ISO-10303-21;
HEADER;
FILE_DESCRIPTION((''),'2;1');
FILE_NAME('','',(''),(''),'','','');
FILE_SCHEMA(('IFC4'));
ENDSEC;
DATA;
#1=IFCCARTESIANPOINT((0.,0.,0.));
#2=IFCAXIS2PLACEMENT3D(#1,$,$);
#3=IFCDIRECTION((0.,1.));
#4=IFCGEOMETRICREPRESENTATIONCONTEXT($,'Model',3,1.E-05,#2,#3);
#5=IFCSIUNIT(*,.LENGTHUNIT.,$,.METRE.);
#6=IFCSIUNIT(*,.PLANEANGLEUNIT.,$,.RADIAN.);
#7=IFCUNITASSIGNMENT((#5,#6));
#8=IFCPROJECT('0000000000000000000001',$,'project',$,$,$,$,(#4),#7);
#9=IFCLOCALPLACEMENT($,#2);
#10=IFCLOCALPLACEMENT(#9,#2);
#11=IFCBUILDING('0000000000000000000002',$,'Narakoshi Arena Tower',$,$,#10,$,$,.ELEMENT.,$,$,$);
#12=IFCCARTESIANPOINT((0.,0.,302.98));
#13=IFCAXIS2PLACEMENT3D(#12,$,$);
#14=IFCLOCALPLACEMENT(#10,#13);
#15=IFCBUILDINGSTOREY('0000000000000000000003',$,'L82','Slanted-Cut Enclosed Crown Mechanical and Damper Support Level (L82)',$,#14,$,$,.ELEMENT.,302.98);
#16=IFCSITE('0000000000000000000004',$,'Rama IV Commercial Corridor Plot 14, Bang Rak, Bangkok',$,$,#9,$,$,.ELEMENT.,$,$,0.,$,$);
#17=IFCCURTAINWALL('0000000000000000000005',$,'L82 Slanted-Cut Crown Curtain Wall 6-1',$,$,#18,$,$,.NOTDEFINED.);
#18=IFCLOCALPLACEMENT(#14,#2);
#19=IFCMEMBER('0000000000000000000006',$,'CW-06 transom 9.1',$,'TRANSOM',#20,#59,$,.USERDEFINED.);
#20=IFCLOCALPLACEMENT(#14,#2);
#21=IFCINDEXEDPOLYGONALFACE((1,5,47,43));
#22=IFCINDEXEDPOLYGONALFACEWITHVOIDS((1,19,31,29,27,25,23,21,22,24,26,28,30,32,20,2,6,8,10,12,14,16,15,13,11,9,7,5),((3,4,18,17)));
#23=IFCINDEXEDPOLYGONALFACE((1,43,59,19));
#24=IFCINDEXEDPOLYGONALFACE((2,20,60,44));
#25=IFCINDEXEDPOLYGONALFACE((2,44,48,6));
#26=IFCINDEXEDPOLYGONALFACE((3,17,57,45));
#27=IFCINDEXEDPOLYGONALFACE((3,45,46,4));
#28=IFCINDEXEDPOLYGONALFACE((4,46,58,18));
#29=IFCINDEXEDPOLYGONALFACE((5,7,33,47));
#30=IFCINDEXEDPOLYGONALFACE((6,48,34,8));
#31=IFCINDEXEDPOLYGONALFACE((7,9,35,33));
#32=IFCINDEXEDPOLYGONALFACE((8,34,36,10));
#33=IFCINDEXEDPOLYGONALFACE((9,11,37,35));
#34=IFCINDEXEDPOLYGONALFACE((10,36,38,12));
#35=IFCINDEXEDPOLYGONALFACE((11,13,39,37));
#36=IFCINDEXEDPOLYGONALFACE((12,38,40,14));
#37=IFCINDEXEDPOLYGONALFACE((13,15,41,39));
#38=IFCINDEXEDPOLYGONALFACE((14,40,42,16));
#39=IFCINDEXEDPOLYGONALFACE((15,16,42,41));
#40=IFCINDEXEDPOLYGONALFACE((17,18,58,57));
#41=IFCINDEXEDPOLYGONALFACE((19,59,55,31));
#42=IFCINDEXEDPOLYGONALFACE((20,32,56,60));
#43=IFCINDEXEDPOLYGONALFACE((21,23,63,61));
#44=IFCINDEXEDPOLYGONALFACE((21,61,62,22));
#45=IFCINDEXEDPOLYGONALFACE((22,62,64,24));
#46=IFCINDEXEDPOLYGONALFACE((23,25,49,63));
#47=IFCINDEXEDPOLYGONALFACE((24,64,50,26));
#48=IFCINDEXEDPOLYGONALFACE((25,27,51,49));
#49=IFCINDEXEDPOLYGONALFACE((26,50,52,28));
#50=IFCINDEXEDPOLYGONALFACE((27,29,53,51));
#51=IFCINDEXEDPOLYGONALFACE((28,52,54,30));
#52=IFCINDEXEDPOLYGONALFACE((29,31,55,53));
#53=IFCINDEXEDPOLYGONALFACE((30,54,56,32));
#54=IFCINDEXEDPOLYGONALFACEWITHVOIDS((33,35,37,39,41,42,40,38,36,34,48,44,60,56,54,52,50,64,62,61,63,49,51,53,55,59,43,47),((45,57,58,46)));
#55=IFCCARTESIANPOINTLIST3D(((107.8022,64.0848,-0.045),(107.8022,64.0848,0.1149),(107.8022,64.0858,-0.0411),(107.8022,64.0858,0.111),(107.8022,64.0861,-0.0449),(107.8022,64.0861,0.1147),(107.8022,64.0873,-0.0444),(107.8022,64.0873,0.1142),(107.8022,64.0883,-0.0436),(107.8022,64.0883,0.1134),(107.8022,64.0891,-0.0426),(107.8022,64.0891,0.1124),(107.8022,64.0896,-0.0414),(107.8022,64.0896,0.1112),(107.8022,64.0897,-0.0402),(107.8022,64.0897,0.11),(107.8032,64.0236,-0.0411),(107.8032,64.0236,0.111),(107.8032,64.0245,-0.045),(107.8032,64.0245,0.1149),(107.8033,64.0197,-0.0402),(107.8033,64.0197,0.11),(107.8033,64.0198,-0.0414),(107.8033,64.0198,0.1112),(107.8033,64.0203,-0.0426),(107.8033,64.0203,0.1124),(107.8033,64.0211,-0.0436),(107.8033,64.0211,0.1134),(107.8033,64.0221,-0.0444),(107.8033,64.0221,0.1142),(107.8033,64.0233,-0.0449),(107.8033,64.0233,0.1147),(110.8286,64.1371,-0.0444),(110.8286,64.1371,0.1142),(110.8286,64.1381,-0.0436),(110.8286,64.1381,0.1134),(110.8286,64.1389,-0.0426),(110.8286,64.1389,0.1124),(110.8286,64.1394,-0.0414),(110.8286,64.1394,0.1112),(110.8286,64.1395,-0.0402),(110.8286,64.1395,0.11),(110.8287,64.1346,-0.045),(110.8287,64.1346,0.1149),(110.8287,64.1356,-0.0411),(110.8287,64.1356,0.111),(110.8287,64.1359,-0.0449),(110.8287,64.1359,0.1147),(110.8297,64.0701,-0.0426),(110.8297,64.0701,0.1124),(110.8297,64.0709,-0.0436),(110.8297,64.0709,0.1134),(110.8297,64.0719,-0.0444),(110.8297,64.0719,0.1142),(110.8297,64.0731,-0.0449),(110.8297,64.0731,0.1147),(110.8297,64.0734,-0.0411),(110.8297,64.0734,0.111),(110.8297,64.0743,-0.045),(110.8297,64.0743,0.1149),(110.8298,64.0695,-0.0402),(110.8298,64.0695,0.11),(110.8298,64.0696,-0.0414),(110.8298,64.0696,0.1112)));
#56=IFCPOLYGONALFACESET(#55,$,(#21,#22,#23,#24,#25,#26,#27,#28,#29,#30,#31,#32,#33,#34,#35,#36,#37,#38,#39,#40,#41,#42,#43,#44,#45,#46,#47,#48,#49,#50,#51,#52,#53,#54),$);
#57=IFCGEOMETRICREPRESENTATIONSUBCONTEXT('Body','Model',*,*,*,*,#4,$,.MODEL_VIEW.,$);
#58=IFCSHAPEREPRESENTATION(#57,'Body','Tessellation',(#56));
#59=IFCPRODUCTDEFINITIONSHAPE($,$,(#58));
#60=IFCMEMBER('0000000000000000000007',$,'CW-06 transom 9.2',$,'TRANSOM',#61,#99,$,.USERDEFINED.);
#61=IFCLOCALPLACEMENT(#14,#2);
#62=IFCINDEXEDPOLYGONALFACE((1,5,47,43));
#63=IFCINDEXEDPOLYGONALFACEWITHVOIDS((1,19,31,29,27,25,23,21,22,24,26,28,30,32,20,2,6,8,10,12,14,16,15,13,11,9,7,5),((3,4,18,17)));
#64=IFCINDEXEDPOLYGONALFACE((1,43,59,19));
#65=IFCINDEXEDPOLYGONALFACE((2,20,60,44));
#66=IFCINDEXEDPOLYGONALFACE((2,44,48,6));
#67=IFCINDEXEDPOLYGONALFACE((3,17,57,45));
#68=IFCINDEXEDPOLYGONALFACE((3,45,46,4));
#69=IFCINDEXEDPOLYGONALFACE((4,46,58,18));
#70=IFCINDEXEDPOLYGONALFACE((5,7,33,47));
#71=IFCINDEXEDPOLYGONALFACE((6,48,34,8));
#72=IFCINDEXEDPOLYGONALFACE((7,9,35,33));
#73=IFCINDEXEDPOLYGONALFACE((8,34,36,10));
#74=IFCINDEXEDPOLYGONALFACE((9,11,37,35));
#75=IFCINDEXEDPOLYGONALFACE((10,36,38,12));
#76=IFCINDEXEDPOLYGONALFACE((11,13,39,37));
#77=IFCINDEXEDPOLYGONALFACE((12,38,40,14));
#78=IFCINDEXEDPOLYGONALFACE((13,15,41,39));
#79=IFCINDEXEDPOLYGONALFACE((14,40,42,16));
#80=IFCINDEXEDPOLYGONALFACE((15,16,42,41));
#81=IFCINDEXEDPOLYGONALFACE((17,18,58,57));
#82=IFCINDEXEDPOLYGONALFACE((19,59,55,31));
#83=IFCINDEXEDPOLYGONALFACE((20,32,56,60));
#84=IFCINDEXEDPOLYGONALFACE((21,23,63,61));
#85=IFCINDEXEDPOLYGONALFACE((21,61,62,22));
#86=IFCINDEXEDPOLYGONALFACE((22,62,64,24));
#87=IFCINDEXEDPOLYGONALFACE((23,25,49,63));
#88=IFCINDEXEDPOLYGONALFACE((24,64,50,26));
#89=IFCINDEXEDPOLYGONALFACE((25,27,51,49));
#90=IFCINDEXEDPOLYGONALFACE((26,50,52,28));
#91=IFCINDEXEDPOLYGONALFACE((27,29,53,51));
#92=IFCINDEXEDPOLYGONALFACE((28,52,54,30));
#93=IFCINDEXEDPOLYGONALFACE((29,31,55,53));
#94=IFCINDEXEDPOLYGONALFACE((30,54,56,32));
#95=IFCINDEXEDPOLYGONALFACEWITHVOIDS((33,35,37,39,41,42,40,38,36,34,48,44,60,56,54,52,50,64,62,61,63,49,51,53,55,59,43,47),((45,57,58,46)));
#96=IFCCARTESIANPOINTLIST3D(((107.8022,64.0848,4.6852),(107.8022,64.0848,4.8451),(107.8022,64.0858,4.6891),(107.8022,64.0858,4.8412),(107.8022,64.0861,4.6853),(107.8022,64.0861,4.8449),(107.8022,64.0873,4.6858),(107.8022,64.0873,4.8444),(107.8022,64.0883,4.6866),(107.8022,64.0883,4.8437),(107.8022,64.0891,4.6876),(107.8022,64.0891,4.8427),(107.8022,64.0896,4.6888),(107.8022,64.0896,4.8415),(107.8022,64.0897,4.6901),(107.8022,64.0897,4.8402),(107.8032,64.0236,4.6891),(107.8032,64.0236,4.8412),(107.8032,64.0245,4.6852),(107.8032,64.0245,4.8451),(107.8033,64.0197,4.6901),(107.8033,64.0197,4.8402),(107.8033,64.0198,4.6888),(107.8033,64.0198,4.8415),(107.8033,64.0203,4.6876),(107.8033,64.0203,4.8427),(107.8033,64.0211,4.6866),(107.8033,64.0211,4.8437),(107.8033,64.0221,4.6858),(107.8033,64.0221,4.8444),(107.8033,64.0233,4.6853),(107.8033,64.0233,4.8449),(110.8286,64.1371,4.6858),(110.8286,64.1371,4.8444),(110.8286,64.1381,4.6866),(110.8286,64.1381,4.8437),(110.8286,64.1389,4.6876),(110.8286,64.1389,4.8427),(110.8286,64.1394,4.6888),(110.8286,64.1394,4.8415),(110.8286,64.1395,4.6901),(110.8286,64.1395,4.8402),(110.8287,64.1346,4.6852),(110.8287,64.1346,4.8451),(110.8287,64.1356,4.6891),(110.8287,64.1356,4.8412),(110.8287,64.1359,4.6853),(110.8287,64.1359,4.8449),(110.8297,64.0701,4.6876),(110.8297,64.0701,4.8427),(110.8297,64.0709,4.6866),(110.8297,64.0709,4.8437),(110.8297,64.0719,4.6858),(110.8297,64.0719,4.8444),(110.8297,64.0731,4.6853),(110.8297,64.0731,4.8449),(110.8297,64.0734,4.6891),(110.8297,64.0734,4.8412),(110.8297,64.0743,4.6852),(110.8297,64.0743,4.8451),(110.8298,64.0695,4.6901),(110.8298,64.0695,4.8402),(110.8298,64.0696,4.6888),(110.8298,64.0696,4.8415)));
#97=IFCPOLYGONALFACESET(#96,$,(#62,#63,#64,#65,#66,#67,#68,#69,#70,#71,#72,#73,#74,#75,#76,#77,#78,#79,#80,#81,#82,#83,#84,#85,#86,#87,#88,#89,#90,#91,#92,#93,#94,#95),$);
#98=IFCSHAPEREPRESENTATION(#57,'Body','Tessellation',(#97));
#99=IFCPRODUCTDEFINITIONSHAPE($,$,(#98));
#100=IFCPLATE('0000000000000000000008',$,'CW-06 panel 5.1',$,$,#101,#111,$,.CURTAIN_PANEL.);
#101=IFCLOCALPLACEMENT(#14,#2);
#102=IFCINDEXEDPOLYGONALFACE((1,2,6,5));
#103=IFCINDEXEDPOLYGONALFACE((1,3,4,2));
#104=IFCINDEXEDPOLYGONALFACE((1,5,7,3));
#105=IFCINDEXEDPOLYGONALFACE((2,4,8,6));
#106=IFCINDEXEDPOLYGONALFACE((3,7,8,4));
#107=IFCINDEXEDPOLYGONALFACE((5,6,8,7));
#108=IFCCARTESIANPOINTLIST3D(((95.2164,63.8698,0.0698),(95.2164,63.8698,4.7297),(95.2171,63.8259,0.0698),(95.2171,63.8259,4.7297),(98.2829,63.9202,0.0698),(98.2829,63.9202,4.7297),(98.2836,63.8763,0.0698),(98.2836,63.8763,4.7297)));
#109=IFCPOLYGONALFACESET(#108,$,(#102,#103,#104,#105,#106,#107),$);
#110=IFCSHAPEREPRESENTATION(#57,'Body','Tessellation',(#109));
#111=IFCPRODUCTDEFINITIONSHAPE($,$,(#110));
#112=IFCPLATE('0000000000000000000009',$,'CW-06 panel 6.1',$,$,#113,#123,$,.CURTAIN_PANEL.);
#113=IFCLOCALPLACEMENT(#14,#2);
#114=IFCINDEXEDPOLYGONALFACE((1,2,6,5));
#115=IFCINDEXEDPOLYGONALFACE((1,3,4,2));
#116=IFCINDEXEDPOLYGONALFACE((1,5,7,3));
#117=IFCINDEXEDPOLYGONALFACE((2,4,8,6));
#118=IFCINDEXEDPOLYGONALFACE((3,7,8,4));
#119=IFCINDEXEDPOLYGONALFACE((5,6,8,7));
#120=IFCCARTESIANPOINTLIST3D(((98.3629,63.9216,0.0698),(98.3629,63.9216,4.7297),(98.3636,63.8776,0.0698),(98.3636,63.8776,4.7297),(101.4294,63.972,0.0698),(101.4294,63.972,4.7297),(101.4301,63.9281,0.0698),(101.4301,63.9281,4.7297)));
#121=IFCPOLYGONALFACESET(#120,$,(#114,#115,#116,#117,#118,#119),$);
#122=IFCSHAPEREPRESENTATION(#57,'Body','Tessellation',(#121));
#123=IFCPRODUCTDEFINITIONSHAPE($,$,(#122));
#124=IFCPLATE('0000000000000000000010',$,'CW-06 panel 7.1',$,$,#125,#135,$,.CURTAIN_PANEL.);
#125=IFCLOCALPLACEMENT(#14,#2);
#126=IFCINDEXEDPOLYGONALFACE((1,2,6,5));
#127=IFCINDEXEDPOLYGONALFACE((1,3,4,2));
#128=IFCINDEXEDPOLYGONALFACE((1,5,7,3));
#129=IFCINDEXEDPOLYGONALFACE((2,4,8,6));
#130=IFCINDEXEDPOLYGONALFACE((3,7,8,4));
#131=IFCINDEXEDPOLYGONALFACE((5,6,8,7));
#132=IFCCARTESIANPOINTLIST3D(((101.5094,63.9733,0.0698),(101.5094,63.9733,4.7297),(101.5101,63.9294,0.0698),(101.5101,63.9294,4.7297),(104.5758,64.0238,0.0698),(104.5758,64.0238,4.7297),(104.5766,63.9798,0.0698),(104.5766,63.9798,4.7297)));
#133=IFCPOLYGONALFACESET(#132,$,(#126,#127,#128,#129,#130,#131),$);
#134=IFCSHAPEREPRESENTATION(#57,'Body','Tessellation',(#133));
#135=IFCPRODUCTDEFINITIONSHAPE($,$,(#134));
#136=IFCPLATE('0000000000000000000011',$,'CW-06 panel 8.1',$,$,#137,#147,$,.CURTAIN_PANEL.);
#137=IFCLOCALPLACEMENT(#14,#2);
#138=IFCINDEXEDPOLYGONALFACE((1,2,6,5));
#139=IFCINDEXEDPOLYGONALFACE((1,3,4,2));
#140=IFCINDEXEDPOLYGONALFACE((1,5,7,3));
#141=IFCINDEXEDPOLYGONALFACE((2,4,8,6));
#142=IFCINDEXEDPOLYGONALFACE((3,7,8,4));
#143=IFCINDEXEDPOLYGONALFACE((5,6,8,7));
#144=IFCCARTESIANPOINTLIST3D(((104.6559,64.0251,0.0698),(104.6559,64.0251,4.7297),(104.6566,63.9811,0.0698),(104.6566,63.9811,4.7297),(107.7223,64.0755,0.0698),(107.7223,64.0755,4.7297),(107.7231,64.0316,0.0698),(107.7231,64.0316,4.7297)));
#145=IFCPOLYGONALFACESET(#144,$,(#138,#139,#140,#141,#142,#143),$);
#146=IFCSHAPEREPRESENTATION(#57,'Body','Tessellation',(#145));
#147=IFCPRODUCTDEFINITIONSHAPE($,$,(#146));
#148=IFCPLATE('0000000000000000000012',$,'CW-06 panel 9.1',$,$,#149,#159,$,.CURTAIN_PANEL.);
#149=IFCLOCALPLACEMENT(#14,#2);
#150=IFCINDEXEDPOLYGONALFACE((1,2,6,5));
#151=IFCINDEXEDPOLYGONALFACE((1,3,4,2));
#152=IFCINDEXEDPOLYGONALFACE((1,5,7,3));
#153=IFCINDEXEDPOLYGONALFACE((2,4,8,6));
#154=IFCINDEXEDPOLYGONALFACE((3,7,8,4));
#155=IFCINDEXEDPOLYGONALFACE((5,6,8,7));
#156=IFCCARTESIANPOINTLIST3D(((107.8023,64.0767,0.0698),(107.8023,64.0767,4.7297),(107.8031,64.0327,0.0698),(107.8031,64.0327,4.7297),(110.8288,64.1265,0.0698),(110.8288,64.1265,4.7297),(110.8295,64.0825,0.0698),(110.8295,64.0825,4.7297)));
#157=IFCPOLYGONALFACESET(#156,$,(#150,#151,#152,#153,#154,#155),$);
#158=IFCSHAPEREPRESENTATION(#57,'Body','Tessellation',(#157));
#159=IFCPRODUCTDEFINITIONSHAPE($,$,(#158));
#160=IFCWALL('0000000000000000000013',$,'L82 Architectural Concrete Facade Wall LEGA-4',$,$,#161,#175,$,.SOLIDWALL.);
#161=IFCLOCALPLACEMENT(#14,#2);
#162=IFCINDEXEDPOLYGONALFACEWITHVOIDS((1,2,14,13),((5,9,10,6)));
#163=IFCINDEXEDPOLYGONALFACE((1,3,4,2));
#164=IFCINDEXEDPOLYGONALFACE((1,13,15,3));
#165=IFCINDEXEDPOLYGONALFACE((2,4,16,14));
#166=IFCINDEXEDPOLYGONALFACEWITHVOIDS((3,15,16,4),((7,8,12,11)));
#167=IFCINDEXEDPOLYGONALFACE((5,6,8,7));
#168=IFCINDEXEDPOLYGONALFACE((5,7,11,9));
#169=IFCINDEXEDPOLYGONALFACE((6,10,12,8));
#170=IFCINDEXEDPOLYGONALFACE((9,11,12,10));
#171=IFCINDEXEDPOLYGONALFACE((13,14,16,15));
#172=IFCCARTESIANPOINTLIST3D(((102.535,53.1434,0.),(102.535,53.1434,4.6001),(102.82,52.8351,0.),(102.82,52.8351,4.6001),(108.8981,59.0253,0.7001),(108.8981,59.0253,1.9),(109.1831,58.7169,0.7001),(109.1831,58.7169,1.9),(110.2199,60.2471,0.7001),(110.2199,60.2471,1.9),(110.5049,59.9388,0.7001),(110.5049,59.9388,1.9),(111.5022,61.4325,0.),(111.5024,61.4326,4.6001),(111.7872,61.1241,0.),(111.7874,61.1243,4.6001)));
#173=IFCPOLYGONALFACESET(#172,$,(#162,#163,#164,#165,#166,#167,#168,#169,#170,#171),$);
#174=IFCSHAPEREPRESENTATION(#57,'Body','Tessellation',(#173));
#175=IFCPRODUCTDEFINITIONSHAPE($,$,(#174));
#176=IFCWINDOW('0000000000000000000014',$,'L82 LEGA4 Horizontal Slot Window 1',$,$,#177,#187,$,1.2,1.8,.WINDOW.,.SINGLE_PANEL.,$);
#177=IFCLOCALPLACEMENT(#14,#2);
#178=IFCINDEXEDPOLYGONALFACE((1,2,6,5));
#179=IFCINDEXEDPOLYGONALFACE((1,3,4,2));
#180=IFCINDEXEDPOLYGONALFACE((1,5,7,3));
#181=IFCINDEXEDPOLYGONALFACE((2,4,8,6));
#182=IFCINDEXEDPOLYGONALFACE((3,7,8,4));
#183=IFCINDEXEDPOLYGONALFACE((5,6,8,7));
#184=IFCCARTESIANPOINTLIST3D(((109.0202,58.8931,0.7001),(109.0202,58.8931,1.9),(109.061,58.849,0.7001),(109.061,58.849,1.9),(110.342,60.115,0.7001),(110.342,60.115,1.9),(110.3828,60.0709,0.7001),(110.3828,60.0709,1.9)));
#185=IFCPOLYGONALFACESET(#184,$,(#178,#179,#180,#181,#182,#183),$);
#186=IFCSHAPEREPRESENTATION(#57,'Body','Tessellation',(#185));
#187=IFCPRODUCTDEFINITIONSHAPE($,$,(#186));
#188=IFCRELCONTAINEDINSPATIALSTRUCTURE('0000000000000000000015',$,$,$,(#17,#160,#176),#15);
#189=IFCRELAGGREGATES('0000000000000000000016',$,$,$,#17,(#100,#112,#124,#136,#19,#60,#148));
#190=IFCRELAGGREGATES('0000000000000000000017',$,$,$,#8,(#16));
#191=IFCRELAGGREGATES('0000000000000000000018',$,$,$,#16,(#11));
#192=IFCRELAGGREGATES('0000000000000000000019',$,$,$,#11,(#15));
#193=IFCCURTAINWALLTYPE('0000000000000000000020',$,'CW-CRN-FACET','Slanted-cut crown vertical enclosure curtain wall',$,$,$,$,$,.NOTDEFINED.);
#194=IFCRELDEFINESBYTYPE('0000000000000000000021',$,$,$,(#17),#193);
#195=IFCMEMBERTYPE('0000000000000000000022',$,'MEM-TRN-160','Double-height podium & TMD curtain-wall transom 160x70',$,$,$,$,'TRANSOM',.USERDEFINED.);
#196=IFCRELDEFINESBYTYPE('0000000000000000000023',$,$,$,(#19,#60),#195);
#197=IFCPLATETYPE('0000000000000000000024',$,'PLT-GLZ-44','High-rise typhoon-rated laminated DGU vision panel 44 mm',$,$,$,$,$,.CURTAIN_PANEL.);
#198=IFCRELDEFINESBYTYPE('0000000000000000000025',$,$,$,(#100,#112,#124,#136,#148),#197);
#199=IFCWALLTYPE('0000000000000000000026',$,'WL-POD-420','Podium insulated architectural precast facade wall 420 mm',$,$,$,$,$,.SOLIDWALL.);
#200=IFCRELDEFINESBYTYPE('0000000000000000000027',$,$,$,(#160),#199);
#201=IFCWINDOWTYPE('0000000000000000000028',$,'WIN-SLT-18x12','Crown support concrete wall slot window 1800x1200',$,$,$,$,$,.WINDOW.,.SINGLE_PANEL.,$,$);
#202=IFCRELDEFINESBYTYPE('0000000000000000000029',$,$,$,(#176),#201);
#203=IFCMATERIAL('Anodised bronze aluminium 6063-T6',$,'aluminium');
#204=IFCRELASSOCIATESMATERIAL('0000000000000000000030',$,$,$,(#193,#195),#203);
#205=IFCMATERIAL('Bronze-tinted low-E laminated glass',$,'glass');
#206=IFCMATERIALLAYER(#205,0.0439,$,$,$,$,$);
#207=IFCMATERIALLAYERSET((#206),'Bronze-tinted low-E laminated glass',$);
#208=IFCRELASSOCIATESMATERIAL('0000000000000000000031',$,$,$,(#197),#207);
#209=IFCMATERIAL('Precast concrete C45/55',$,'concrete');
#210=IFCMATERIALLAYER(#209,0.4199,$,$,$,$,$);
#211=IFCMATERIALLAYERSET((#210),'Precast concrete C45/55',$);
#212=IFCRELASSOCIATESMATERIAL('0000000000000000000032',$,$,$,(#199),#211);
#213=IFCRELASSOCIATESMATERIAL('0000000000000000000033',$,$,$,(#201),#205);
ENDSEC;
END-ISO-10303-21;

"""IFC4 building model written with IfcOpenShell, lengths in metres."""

from ifc_helpers import new_model, si_unit, direction, frame, frame_2d, origin, origin_2d, place, context, subcontext, project, spatial, polyline, rectangle, hollow_rectangle, outline, extrude, material, layer, layer_set, material_profile, profile_set, type_object, element, fill, aggregate, save


model = new_model("IFC4")

# Units and contexts
model_context = context("Model", 3, precision=1e-05, world=origin(), true_north=direction((0.0, 1.0)))
body_context = subcontext(model_context, "Body", "Model", "MODEL_VIEW")
ifc_project = project(units=[si_unit("LENGTHUNIT", "METRE"), si_unit("PLANEANGLEUNIT", "RADIAN")], contexts=[model_context])

# Site, building, storey
site_placement = place(None, origin())
site = spatial("IfcSite", under=ifc_project, at=site_placement, Name="Rama IV Commercial Corridor Plot 14, Bang Rak, Bangkok", CompositionType="ELEMENT", RefElevation=0.0)
building_placement = place(site_placement, origin())
building = spatial("IfcBuilding", under=site, at=building_placement, Name="Narakoshi Arena Tower", CompositionType="ELEMENT")
storey_placement = place(building_placement, frame((0.0, 0.0, 302.98)))
storey = spatial("IfcBuildingStorey", under=building, at=storey_placement, Name="L82", Description="Slanted-Cut Enclosed Crown Mechanical and Damper Support Level (L82)", CompositionType="ELEMENT", Elevation=302.98)

# Curtain wall, members, plates
ifc_material_1 = material(Name="Anodised bronze aluminium 6063-T6", Category="aluminium")
curtain_wall_type = type_object("IfcCurtainWallType", Name="CW-CRN-FACET", Description="Slanted-cut crown vertical enclosure curtain wall", PredefinedType="NOTDEFINED", material=ifc_material_1)
curtain_wall_placement = place(storey_placement, origin())
curtain_wall = element("IfcCurtainWall", 1, at=curtain_wall_placement, inside=storey, type_object=curtain_wall_type, Name="L82 Slanted-Cut Crown Curtain Wall 6-1", PredefinedType="NOTDEFINED")
ifc_material_profile_1 = material_profile(ifc_material_1, hollow_rectangle(XDim=0.0701, YDim=0.1599, WallThickness=0.0039, OuterFilletRadius=0.0049, at=origin_2d()), Name="TRN160x70x4")
ifc_profile_set_1 = profile_set([ifc_material_profile_1], Name="Anodised bronze aluminium 6063-T6")
member_type_1 = type_object("IfcMemberType", Name="MEM-TRN-160", Description="Double-height podium & TMD curtain-wall transom 160x70", ElementType="TRANSOM", PredefinedType="USERDEFINED", material=ifc_profile_set_1)
member_1_placement = place(storey_placement, frame((107.8027, 64.0547, 0.0349), z_axis=(0.999865, 0.016455, 0.0), x_axis=(-0.016455, 0.999865, 0.0)))
member_1 = element("IfcMember", 2, at=member_1_placement, type_object=member_type_1, Name="CW-06 transom 9.1", ObjectType="TRANSOM", PredefinedType="USERDEFINED", context=body_context, shape_type="SweptSolid", body=[
    extrude(hollow_rectangle(XDim=0.0701, YDim=0.1599, WallThickness=0.0039, OuterFilletRadius=0.0049, at=origin_2d()), origin(), (0.0, 0.0, 1.0), 3.0269),
])
member_2_placement = place(storey_placement, frame((107.8027, 64.0547, 4.7651), z_axis=(0.999865, 0.016455, 0.0), x_axis=(-0.016455, 0.999865, 0.0)))
member_2 = element("IfcMember", 3, at=member_2_placement, type_object=member_type_1, Name="CW-06 transom 9.2", ObjectType="TRANSOM", PredefinedType="USERDEFINED", context=body_context, shape_type="SweptSolid", body=[
    extrude(hollow_rectangle(XDim=0.0701, YDim=0.1599, WallThickness=0.0039, OuterFilletRadius=0.0049, at=origin_2d()), origin(), (0.0, 0.0, 1.0), 3.0269),
])
ifc_material_2 = material(Name="Bronze-tinted low-E laminated glass", Category="glass")
ifc_layer_1 = layer(ifc_material_2, 0.0439)
ifc_layer_set_1 = layer_set([ifc_layer_1], Name="Bronze-tinted low-E laminated glass")
plate_type = type_object("IfcPlateType", Name="PLT-GLZ-44", Description="High-rise typhoon-rated laminated DGU vision panel 44 mm", PredefinedType="CURTAIN_PANEL", material=ifc_layer_set_1)
plate_1_placement = place(storey_placement, frame((96.75, 63.873, 0.0698), z_axis=(0.0, 0.0, 1.0), x_axis=(0.999865, 0.016447, 0.0)))
plate_1 = element("IfcPlate", 4, at=plate_1_placement, type_object=plate_type, Name="CW-06 panel 5.1", PredefinedType="CURTAIN_PANEL", context=body_context, shape_type="SweptSolid", body=[
    extrude(rectangle(XDim=3.0669, YDim=0.0439, at=origin_2d()), origin(), (0.0, 0.0, 1.0), 4.6599),
])
plate_2_placement = place(storey_placement, frame((99.8965, 63.9248, 0.0698), z_axis=(0.0, 0.0, 1.0), x_axis=(0.999865, 0.016447, 0.0)))
plate_2 = element("IfcPlate", 5, at=plate_2_placement, type_object=plate_type, Name="CW-06 panel 6.1", PredefinedType="CURTAIN_PANEL", context=body_context, shape_type="SweptSolid", body=[
    extrude(rectangle(XDim=3.0669, YDim=0.0439, at=origin_2d()), origin(), (0.0, 0.0, 1.0), 4.6599),
])
plate_3_placement = place(storey_placement, frame((103.043, 63.9766, 0.0698), z_axis=(0.0, 0.0, 1.0), x_axis=(0.999865, 0.016447, 0.0)))
plate_3 = element("IfcPlate", 6, at=plate_3_placement, type_object=plate_type, Name="CW-06 panel 7.1", PredefinedType="CURTAIN_PANEL", context=body_context, shape_type="SweptSolid", body=[
    extrude(rectangle(XDim=3.0669, YDim=0.0439, at=origin_2d()), origin(), (0.0, 0.0, 1.0), 4.6599),
])
plate_4_placement = place(storey_placement, frame((106.1895, 64.0283, 0.0698), z_axis=(0.0, 0.0, 1.0), x_axis=(0.999865, 0.016447, 0.0)))
plate_4 = element("IfcPlate", 7, at=plate_4_placement, type_object=plate_type, Name="CW-06 panel 8.1", PredefinedType="CURTAIN_PANEL", context=body_context, shape_type="SweptSolid", body=[
    extrude(rectangle(XDim=3.0669, YDim=0.0439, at=origin_2d()), origin(), (0.0, 0.0, 1.0), 4.6599),
])
plate_5_placement = place(storey_placement, frame((109.3159, 64.0796, 0.0698), z_axis=(0.0, 0.0, 1.0), x_axis=(0.999865, 0.016447, 0.0)))
plate_5 = element("IfcPlate", 8, at=plate_5_placement, type_object=plate_type, Name="CW-06 panel 9.1", PredefinedType="CURTAIN_PANEL", context=body_context, shape_type="SweptSolid", body=[
    extrude(rectangle(XDim=3.0269, YDim=0.0439, at=origin_2d()), origin(), (0.0, 0.0, 1.0), 4.6599),
])
aggregate(curtain_wall, [plate_1, plate_2, plate_3, plate_4, member_1, member_2, plate_5])

# Wall, opening, window
ifc_material_3 = material(Name="Precast concrete C45/55", Category="concrete")
ifc_layer_2 = layer(ifc_material_3, 0.4199)
ifc_layer_set_2 = layer_set([ifc_layer_2], Name="Precast concrete C45/55")
wall_type = type_object("IfcWallType", Name="WL-POD-420", Description="Podium insulated architectural precast facade wall 420 mm", PredefinedType="SOLIDWALL", material=ifc_layer_set_2)
wall_placement = place(storey_placement, frame((102.6775, 52.9893, 0.0), z_axis=(0.0, 0.0, 1.0), x_axis=(0.734331, 0.678791, 0.0)))
wall = element("IfcWall", 9, at=wall_placement, inside=storey, type_object=wall_type, Name="L82 Architectural Concrete Facade Wall LEGA-4", PredefinedType="SOLIDWALL", context=body_context, shape_type="SweptSolid", body=[
    extrude(outline(polyline([(0.0, 0.0), (12.2114, 0.0), (12.2117, 4.6001), (0.0, 4.6001), (0.0, 0.0)])), frame((0.0, 0.21, 0.0), z_axis=(0.0, -1.0, 0.0), x_axis=(1.0, 0.0, 0.0)), (0.0, 0.0, 1.0), 0.4199),
])
opening_placement = place(wall_placement, frame((8.6653, 0.0, 0.7)))
opening = element("IfcOpeningElement", 10, at=opening_placement, cuts=wall, PredefinedType="OPENING", context=body_context, shape_type="SweptSolid", body=[
    extrude(rectangle(XDim=1.8, YDim=1.2, at=frame_2d((0.8999, 0.6001))), frame((0.0, 0.22, 0.0), z_axis=(0.0, -1.0, 0.0), x_axis=(1.0, 0.0, 0.0)), (0.0, 0.0, 1.0), 0.4399),
])
window_type = type_object("IfcWindowType", Name="WIN-SLT-18x12", Description="Crown support concrete wall slot window 1800x1200", PartitioningType="SINGLE_PANEL", PredefinedType="WINDOW", material=ifc_material_2)
window_placement = place(opening_placement, origin())
window = element("IfcWindow", 11, at=window_placement, inside=storey, type_object=window_type, Name="L82 LEGA4 Horizontal Slot Window 1", OverallHeight=1.2, OverallWidth=1.8, PartitioningType="SINGLE_PANEL", PredefinedType="WINDOW", context=body_context, shape_type="SweptSolid", body=[
    extrude(rectangle(XDim=1.8, YDim=1.2, at=frame_2d((0.8999, 0.6001))), frame((0.0, 0.03, 0.0), z_axis=(0.0, -1.0, 0.0), x_axis=(1.0, 0.0, 0.0)), (0.0, 0.0, 1.0), 0.0601),
])
fill(opening, window)

save(model, "model.ifc")
